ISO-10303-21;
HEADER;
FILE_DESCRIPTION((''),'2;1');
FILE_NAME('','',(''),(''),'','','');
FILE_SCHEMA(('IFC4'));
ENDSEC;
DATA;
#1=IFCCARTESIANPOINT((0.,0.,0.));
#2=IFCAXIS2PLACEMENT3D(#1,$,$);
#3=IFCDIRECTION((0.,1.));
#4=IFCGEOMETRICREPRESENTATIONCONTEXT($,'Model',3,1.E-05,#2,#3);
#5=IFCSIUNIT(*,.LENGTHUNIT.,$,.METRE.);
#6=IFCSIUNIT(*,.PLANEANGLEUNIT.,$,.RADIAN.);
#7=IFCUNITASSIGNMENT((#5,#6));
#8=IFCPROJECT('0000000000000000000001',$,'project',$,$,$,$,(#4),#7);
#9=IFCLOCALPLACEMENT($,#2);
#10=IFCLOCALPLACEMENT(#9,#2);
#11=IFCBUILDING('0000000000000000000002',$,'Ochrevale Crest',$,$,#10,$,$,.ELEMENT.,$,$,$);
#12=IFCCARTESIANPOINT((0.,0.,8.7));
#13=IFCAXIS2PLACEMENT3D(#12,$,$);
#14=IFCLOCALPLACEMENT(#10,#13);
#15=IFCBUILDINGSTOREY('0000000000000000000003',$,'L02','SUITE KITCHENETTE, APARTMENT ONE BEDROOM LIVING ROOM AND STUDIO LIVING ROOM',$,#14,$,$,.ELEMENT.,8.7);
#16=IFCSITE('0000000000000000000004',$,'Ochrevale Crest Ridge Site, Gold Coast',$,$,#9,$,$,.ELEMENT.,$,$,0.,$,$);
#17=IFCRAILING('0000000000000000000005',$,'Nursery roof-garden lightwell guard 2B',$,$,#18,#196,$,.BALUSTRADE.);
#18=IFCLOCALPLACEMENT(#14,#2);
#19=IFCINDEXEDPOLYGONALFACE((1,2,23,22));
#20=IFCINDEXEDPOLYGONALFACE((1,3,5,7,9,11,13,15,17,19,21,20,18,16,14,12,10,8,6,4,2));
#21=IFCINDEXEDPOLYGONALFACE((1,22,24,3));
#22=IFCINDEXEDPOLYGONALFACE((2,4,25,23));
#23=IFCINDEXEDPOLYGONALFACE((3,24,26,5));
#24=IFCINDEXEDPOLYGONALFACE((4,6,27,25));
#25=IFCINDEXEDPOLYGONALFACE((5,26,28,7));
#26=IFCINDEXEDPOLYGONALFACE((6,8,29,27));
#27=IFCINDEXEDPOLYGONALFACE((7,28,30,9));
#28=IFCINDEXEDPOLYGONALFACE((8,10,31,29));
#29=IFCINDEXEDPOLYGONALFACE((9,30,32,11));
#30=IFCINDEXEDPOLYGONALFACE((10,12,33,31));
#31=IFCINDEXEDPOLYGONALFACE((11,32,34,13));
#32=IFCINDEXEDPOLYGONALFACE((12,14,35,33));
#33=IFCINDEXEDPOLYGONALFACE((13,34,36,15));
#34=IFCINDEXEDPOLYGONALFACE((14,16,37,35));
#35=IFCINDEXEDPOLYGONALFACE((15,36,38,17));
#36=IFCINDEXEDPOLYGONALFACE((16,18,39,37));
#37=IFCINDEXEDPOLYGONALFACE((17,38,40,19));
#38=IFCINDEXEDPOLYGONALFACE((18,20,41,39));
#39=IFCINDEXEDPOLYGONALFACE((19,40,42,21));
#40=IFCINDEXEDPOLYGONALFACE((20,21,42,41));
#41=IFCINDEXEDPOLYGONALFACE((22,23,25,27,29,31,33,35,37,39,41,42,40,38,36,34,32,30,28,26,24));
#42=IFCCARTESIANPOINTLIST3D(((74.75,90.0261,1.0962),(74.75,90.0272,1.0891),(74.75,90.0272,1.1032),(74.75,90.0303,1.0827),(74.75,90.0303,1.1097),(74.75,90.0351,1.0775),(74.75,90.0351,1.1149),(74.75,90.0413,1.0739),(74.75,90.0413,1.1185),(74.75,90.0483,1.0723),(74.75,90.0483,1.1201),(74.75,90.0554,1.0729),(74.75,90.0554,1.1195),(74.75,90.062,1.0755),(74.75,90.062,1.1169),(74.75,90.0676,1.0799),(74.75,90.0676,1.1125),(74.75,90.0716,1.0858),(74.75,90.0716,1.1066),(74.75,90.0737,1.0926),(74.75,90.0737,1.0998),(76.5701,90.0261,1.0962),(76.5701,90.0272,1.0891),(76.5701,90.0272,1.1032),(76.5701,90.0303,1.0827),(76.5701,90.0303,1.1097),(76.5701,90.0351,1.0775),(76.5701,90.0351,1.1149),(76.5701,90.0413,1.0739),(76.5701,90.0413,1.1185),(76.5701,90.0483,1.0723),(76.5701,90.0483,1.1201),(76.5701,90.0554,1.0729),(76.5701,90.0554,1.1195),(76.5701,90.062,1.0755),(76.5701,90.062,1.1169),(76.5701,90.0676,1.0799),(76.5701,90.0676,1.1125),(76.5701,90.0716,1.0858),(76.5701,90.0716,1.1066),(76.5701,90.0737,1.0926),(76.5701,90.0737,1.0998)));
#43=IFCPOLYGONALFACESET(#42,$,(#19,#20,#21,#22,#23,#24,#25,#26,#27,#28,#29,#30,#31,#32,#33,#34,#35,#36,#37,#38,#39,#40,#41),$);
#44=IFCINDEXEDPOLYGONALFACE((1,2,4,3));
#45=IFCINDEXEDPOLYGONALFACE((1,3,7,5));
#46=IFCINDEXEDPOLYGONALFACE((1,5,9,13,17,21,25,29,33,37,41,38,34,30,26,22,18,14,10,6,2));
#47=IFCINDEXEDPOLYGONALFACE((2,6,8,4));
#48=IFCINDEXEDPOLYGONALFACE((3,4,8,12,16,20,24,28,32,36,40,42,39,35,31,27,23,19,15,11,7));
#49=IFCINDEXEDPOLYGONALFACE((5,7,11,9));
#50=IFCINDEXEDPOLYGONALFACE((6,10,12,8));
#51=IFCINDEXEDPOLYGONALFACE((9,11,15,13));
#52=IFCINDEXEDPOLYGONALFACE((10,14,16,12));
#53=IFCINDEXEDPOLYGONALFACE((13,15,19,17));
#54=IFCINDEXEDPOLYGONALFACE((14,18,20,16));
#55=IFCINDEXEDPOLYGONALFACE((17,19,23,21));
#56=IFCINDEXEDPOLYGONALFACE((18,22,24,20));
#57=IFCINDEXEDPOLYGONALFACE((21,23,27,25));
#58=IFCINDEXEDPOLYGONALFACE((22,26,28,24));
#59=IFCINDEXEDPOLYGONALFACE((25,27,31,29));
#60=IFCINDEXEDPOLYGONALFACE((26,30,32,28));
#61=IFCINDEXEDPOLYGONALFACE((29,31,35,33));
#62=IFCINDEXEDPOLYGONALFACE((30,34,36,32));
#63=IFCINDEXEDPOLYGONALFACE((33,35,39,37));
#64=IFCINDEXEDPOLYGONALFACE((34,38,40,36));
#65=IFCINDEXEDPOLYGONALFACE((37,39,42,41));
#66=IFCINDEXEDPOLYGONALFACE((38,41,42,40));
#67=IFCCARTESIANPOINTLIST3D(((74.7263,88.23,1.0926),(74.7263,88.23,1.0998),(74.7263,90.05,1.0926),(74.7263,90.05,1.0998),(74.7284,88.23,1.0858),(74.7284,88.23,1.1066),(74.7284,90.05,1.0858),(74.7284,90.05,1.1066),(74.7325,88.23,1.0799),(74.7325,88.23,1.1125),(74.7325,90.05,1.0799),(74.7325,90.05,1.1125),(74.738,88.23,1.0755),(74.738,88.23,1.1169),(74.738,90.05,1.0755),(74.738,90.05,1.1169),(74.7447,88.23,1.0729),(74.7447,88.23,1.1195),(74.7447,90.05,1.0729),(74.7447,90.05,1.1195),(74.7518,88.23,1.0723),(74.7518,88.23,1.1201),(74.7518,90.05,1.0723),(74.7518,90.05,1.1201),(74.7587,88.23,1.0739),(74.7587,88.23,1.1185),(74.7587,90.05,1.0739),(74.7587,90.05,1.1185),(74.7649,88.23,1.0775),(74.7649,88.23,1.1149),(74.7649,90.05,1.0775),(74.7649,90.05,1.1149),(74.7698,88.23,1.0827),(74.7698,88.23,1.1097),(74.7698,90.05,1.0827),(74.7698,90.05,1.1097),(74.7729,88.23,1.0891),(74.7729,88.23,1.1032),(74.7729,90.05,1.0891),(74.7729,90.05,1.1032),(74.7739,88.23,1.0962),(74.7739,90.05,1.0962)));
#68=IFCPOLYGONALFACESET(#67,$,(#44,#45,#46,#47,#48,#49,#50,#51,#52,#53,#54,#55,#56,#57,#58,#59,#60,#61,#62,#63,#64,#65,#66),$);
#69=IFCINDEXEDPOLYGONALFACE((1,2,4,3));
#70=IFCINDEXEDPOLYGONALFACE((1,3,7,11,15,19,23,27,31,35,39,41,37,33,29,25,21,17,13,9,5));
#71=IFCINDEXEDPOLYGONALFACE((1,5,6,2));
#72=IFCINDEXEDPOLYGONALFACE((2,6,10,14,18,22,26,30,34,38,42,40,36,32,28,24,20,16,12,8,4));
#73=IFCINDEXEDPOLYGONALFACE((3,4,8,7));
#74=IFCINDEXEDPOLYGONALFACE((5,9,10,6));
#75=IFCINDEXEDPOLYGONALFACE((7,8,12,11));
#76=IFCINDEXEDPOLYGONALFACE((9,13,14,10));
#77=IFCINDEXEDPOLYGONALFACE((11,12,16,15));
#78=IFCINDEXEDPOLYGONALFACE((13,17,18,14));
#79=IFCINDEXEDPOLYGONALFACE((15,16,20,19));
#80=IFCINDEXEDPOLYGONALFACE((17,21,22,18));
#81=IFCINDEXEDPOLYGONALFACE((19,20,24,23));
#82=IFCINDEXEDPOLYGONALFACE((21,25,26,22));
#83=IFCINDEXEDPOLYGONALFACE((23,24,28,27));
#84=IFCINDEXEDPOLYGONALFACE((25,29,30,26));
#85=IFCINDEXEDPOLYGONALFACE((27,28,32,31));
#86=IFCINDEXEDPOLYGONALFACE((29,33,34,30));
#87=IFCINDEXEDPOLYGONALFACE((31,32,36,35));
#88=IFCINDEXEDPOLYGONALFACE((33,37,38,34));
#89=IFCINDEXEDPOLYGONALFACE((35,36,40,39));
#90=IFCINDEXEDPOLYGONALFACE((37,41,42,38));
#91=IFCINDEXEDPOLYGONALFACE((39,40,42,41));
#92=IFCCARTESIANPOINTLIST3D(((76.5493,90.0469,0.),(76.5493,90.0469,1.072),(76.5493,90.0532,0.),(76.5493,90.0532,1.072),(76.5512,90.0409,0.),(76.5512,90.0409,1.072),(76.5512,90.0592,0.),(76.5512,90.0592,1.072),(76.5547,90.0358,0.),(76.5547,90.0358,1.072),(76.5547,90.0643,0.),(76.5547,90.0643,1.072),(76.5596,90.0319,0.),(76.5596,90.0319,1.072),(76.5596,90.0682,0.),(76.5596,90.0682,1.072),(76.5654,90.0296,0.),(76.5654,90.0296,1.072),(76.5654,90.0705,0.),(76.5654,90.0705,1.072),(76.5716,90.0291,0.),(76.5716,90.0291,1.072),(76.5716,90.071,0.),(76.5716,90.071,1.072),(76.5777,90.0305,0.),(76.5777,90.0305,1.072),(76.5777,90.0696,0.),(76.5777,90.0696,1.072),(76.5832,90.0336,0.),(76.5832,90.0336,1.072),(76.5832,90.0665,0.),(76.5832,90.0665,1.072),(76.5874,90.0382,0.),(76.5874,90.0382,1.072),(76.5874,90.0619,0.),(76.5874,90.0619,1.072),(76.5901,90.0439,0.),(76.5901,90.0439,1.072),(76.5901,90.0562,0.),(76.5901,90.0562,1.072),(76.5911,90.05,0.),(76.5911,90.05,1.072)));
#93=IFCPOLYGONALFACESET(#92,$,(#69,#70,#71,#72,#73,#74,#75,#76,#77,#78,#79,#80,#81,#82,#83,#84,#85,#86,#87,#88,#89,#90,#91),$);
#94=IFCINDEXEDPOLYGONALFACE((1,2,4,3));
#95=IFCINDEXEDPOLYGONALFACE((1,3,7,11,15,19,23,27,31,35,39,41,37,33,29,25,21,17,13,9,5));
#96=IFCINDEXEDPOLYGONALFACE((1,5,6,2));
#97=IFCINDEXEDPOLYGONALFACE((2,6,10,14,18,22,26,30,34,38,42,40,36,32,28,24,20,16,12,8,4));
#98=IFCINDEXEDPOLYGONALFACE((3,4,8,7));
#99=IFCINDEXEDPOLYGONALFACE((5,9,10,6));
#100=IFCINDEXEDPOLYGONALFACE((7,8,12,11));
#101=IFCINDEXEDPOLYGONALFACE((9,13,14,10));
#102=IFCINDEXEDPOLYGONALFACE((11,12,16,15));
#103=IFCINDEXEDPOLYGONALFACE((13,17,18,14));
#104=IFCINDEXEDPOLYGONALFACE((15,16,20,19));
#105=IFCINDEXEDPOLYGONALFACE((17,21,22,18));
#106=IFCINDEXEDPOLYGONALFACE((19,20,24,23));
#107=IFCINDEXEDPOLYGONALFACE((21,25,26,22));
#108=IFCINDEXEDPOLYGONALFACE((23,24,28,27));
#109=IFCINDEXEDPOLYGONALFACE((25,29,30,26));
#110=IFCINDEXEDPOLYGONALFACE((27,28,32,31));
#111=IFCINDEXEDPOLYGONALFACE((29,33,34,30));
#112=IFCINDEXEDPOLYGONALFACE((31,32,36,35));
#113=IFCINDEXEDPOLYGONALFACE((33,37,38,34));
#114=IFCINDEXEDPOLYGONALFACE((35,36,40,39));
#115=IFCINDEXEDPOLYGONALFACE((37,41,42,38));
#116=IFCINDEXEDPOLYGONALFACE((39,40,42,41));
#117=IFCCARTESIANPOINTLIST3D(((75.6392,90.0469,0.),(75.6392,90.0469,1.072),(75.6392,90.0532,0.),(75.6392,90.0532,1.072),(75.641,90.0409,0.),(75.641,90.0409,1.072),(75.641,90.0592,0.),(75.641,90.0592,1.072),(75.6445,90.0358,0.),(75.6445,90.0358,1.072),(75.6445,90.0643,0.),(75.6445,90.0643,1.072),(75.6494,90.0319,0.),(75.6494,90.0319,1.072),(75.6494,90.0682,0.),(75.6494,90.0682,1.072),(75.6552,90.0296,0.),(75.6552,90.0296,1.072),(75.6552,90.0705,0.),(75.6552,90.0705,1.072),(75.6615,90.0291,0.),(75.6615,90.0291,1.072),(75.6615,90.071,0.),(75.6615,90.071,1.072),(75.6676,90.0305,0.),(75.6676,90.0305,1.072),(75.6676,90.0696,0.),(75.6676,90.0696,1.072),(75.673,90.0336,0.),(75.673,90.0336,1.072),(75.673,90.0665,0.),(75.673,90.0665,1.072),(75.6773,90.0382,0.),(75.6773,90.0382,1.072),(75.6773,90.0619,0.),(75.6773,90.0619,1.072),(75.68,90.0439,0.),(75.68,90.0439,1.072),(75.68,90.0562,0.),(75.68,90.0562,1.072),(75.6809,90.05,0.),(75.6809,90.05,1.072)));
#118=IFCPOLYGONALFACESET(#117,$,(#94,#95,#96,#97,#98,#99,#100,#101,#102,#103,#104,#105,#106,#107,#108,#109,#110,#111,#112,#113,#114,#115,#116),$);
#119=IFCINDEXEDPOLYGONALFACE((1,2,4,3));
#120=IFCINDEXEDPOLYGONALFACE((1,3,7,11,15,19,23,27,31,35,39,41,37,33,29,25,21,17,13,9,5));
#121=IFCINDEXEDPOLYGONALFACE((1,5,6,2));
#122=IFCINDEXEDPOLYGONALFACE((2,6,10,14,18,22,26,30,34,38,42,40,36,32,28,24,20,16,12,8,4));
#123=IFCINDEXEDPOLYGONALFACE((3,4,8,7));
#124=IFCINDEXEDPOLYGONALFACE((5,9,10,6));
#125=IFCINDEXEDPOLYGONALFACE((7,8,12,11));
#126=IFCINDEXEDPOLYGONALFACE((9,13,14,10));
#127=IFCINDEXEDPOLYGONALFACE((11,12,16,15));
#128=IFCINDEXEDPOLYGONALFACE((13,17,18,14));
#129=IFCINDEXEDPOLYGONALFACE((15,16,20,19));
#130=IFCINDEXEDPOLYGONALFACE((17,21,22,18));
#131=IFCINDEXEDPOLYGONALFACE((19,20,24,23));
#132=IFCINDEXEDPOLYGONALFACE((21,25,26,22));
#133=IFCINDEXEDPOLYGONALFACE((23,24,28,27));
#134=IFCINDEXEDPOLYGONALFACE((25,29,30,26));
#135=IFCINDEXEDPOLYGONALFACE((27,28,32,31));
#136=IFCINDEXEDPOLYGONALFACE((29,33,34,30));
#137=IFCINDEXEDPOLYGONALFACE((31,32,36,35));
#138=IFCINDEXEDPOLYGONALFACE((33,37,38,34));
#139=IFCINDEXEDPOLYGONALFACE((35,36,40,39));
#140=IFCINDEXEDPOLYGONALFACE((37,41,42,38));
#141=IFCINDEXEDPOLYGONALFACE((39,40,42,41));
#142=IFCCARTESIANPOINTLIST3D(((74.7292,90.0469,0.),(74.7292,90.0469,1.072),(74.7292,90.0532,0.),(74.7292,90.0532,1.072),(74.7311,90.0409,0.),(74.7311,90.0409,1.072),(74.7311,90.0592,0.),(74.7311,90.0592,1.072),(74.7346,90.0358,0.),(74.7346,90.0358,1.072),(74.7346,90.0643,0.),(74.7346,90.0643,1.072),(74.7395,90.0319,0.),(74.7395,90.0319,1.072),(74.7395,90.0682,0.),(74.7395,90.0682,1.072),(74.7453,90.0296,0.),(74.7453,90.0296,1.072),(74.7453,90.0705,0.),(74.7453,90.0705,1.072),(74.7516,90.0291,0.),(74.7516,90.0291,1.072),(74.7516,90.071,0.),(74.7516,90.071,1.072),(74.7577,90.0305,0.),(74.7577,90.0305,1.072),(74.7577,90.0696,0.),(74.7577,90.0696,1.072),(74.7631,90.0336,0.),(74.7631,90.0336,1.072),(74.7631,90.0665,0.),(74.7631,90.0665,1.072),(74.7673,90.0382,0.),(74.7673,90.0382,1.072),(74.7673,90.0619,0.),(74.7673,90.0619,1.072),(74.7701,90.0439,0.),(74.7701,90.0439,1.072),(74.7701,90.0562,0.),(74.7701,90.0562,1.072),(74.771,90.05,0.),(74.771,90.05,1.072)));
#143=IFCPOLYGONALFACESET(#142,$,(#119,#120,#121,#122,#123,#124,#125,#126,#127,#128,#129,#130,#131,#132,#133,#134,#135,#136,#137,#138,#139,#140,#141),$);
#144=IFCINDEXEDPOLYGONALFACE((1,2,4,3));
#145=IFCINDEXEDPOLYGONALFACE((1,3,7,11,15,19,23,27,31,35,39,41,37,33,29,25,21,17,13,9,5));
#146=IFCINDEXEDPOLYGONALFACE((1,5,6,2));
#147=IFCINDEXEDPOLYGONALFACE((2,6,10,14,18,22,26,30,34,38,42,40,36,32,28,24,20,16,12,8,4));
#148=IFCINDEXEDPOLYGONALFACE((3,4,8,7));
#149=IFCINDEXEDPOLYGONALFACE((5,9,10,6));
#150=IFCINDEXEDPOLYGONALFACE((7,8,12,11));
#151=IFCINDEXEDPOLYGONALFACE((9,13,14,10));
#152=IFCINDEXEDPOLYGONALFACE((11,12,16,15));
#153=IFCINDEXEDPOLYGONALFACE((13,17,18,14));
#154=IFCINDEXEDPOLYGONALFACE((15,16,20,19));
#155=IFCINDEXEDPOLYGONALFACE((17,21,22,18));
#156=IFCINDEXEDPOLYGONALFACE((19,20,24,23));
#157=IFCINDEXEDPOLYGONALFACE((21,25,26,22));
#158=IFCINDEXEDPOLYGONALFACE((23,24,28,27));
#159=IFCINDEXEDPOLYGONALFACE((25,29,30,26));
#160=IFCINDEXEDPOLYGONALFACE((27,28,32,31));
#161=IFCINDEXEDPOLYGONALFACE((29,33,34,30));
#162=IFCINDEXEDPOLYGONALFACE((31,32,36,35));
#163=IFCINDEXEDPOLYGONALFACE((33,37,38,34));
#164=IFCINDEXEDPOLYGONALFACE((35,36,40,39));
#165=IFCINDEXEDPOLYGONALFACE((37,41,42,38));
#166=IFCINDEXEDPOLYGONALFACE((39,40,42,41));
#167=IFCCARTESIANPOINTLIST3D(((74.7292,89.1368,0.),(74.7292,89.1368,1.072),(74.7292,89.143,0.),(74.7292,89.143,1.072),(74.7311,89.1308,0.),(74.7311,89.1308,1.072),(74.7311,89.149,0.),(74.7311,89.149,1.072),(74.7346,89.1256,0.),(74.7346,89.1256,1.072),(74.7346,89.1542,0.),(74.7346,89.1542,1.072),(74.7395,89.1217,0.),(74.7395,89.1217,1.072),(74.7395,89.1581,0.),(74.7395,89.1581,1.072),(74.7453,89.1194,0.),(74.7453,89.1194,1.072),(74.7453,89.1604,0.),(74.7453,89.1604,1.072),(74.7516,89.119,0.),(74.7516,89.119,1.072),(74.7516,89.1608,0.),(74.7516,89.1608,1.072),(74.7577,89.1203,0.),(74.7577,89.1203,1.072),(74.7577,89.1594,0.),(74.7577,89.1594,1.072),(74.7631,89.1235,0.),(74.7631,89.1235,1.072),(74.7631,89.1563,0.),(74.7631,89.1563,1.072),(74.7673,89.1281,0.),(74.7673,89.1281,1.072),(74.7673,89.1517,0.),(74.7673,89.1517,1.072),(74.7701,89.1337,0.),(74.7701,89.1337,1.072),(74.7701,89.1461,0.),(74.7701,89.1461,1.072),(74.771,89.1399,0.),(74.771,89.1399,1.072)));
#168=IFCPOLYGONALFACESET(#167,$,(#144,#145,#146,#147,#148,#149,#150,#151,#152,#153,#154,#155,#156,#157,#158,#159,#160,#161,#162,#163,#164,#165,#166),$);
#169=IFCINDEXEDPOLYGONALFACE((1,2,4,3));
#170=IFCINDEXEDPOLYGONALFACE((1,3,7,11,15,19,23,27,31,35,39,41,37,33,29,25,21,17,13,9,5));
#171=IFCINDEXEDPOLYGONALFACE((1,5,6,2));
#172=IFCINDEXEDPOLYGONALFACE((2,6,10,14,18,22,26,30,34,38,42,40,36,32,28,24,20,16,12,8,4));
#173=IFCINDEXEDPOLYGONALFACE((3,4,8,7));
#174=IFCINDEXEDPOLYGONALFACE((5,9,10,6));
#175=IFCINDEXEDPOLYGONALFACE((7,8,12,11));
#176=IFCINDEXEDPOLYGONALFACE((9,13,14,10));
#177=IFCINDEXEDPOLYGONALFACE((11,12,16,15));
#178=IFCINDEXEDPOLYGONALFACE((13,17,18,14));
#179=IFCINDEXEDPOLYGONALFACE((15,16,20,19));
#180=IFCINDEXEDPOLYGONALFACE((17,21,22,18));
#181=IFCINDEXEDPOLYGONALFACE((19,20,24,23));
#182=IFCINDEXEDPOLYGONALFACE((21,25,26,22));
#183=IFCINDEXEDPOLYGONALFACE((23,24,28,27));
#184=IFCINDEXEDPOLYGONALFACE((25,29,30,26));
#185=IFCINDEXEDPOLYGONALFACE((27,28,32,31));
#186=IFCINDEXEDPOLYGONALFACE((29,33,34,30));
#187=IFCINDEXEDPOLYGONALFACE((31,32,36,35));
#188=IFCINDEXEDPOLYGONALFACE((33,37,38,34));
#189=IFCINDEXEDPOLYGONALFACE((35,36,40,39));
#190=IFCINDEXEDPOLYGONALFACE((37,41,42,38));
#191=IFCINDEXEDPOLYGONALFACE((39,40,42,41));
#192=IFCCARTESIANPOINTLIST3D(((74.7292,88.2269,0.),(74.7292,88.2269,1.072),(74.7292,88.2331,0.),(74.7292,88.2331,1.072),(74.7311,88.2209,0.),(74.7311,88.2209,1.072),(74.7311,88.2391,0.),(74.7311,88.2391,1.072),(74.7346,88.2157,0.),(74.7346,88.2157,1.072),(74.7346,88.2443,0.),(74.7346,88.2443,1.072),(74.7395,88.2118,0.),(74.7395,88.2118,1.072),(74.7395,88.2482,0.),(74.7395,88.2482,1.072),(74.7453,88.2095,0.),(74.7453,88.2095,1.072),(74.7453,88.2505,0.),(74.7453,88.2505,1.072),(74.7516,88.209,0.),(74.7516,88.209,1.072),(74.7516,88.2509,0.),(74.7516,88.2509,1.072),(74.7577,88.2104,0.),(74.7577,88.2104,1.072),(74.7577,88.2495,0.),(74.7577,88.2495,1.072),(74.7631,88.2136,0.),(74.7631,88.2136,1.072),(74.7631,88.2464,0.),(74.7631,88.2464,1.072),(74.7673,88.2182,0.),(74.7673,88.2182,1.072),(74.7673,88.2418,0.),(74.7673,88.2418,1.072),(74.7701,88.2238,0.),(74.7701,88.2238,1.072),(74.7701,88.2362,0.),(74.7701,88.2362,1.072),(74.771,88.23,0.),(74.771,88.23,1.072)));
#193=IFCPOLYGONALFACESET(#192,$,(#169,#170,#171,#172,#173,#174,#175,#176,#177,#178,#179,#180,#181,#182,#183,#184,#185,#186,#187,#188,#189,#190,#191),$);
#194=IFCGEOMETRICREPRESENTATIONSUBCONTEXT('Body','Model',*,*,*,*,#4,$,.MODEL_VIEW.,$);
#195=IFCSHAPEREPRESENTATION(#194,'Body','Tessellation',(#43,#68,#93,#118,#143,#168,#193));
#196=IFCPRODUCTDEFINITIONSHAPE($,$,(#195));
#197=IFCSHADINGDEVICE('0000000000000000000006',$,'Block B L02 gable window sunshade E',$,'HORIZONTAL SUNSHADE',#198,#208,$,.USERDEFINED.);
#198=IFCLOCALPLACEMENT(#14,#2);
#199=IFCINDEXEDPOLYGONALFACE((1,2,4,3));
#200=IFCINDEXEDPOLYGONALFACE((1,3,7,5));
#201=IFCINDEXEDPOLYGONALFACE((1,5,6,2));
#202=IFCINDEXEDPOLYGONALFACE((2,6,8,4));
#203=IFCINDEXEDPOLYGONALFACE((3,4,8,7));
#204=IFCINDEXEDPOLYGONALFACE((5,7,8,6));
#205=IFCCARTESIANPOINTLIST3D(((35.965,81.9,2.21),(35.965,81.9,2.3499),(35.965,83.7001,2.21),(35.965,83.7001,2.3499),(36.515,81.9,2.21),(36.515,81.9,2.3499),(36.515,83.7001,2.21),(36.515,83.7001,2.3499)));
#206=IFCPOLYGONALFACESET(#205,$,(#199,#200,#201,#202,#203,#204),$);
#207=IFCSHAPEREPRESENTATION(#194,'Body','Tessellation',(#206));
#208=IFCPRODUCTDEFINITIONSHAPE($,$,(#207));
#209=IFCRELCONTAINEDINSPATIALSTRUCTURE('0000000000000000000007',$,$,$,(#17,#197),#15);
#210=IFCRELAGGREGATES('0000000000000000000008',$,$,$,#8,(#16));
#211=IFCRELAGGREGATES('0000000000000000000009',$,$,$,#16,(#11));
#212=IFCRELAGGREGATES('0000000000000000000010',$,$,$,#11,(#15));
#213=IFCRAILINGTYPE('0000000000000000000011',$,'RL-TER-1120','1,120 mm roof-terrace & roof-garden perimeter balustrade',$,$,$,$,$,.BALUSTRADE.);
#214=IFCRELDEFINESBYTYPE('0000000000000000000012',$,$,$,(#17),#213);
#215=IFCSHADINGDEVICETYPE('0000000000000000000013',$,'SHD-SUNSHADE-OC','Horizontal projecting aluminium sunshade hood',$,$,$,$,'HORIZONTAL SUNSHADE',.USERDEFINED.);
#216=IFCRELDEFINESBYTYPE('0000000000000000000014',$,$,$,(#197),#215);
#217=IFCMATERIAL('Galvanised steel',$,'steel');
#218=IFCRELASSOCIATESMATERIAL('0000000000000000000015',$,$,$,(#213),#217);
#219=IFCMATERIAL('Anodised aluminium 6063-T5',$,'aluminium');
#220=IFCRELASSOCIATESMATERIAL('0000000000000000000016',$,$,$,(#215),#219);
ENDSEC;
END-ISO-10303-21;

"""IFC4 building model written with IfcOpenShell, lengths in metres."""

from ifc_helpers import new_model, si_unit, direction, frame, origin, origin_2d, place, context, subcontext, project, spatial, rectangle, circle, extrude, material, type_object, element, save


model = new_model("IFC4")

# Units and contexts
model_context = context("Model", 3, precision=1e-05, world=origin(), true_north=direction((0.0, 1.0)))
body_context = subcontext(model_context, "Body", "Model", "MODEL_VIEW")
ifc_project = project(units=[si_unit("LENGTHUNIT", "METRE"), si_unit("PLANEANGLEUNIT", "RADIAN")], contexts=[model_context])

# Site, building, storey
site_placement = place(None, origin())
site = spatial("IfcSite", under=ifc_project, at=site_placement, Name="Ochrevale Crest Ridge Site, Gold Coast", CompositionType="ELEMENT", RefElevation=0.0)
building_placement = place(site_placement, origin())
building = spatial("IfcBuilding", under=site, at=building_placement, Name="Ochrevale Crest", CompositionType="ELEMENT")
storey_placement = place(building_placement, frame((0.0, 0.0, 8.7)))
storey = spatial("IfcBuildingStorey", under=building, at=storey_placement, Name="L02", Description="SUITE KITCHENETTE, APARTMENT ONE BEDROOM LIVING ROOM AND STUDIO LIVING ROOM", CompositionType="ELEMENT", Elevation=8.7)

# Shared definitions
ifc_material_1 = material(Name="Anodised aluminium 6063-T5", Category="aluminium")

# Railing
ifc_material_2 = material(Name="Galvanised steel", Category="steel")
railing_type = type_object("IfcRailingType", Name="RL-TER-1120", Description="1,120 mm roof-terrace & roof-garden perimeter balustrade", PredefinedType="BALUSTRADE", material=ifc_material_2)
railing_1_placement = place(storey_placement, frame((76.5701, 90.05, 0.0)))
element("IfcRailing", 1, at=railing_1_placement, inside=storey, type_object=railing_type, Name="Nursery roof-garden lightwell guard 2B", PredefinedType="BALUSTRADE", context=body_context, shape_type="SweptSolid", body=[
    extrude(circle(Radius=0.0239, at=origin_2d()), frame((0.0, 0.0, 1.0962), z_axis=(-1.0, 0.0, 0.0), x_axis=(0.0, -1.0, 0.0)), (0.0, 0.0, 1.0), 1.8201),
    extrude(circle(Radius=0.0239, at=origin_2d()), frame((-1.8201, 0.0, 1.0962), z_axis=(0.0, -1.0, 0.0), x_axis=(1.0, 0.0, 0.0)), (0.0, 0.0, 1.0), 1.8201),
    extrude(circle(Radius=0.021, at=origin_2d()), origin(), (0.0, 0.0, 1.0), 1.072),
    extrude(circle(Radius=0.021, at=origin_2d()), frame((-0.9102, 0.0, 0.0)), (0.0, 0.0, 1.0), 1.072),
    extrude(circle(Radius=0.021, at=origin_2d()), frame((-1.8201, 0.0, 0.0)), (0.0, 0.0, 1.0), 1.072),
    extrude(circle(Radius=0.021, at=origin_2d()), frame((-1.8201, -0.9102, 0.0)), (0.0, 0.0, 1.0), 1.072),
    extrude(circle(Radius=0.021, at=origin_2d()), frame((-1.8201, -1.8201, 0.0)), (0.0, 0.0, 1.0), 1.072),
])

# Shading device
shading_device_type = type_object("IfcShadingDeviceType", Name="SHD-SUNSHADE-OC", Description="Horizontal projecting aluminium sunshade hood", ElementType="HORIZONTAL SUNSHADE", PredefinedType="USERDEFINED", material=ifc_material_1)
shading_device_placement = place(storey_placement, frame((36.24, 82.8, 2.21), z_axis=(0.0, 0.0, 1.0), x_axis=(1.0, 0.0, 0.0)))
element("IfcShadingDevice", 2, at=shading_device_placement, inside=storey, type_object=shading_device_type, Name="Block B L02 gable window sunshade E", ObjectType="HORIZONTAL SUNSHADE", PredefinedType="USERDEFINED", context=body_context, shape_type="SweptSolid", body=[
    extrude(rectangle(XDim=0.55, YDim=1.8, at=origin_2d()), origin(), (0.0, 0.0, 1.0), 0.1399),
])

save(model, "model.ifc")
